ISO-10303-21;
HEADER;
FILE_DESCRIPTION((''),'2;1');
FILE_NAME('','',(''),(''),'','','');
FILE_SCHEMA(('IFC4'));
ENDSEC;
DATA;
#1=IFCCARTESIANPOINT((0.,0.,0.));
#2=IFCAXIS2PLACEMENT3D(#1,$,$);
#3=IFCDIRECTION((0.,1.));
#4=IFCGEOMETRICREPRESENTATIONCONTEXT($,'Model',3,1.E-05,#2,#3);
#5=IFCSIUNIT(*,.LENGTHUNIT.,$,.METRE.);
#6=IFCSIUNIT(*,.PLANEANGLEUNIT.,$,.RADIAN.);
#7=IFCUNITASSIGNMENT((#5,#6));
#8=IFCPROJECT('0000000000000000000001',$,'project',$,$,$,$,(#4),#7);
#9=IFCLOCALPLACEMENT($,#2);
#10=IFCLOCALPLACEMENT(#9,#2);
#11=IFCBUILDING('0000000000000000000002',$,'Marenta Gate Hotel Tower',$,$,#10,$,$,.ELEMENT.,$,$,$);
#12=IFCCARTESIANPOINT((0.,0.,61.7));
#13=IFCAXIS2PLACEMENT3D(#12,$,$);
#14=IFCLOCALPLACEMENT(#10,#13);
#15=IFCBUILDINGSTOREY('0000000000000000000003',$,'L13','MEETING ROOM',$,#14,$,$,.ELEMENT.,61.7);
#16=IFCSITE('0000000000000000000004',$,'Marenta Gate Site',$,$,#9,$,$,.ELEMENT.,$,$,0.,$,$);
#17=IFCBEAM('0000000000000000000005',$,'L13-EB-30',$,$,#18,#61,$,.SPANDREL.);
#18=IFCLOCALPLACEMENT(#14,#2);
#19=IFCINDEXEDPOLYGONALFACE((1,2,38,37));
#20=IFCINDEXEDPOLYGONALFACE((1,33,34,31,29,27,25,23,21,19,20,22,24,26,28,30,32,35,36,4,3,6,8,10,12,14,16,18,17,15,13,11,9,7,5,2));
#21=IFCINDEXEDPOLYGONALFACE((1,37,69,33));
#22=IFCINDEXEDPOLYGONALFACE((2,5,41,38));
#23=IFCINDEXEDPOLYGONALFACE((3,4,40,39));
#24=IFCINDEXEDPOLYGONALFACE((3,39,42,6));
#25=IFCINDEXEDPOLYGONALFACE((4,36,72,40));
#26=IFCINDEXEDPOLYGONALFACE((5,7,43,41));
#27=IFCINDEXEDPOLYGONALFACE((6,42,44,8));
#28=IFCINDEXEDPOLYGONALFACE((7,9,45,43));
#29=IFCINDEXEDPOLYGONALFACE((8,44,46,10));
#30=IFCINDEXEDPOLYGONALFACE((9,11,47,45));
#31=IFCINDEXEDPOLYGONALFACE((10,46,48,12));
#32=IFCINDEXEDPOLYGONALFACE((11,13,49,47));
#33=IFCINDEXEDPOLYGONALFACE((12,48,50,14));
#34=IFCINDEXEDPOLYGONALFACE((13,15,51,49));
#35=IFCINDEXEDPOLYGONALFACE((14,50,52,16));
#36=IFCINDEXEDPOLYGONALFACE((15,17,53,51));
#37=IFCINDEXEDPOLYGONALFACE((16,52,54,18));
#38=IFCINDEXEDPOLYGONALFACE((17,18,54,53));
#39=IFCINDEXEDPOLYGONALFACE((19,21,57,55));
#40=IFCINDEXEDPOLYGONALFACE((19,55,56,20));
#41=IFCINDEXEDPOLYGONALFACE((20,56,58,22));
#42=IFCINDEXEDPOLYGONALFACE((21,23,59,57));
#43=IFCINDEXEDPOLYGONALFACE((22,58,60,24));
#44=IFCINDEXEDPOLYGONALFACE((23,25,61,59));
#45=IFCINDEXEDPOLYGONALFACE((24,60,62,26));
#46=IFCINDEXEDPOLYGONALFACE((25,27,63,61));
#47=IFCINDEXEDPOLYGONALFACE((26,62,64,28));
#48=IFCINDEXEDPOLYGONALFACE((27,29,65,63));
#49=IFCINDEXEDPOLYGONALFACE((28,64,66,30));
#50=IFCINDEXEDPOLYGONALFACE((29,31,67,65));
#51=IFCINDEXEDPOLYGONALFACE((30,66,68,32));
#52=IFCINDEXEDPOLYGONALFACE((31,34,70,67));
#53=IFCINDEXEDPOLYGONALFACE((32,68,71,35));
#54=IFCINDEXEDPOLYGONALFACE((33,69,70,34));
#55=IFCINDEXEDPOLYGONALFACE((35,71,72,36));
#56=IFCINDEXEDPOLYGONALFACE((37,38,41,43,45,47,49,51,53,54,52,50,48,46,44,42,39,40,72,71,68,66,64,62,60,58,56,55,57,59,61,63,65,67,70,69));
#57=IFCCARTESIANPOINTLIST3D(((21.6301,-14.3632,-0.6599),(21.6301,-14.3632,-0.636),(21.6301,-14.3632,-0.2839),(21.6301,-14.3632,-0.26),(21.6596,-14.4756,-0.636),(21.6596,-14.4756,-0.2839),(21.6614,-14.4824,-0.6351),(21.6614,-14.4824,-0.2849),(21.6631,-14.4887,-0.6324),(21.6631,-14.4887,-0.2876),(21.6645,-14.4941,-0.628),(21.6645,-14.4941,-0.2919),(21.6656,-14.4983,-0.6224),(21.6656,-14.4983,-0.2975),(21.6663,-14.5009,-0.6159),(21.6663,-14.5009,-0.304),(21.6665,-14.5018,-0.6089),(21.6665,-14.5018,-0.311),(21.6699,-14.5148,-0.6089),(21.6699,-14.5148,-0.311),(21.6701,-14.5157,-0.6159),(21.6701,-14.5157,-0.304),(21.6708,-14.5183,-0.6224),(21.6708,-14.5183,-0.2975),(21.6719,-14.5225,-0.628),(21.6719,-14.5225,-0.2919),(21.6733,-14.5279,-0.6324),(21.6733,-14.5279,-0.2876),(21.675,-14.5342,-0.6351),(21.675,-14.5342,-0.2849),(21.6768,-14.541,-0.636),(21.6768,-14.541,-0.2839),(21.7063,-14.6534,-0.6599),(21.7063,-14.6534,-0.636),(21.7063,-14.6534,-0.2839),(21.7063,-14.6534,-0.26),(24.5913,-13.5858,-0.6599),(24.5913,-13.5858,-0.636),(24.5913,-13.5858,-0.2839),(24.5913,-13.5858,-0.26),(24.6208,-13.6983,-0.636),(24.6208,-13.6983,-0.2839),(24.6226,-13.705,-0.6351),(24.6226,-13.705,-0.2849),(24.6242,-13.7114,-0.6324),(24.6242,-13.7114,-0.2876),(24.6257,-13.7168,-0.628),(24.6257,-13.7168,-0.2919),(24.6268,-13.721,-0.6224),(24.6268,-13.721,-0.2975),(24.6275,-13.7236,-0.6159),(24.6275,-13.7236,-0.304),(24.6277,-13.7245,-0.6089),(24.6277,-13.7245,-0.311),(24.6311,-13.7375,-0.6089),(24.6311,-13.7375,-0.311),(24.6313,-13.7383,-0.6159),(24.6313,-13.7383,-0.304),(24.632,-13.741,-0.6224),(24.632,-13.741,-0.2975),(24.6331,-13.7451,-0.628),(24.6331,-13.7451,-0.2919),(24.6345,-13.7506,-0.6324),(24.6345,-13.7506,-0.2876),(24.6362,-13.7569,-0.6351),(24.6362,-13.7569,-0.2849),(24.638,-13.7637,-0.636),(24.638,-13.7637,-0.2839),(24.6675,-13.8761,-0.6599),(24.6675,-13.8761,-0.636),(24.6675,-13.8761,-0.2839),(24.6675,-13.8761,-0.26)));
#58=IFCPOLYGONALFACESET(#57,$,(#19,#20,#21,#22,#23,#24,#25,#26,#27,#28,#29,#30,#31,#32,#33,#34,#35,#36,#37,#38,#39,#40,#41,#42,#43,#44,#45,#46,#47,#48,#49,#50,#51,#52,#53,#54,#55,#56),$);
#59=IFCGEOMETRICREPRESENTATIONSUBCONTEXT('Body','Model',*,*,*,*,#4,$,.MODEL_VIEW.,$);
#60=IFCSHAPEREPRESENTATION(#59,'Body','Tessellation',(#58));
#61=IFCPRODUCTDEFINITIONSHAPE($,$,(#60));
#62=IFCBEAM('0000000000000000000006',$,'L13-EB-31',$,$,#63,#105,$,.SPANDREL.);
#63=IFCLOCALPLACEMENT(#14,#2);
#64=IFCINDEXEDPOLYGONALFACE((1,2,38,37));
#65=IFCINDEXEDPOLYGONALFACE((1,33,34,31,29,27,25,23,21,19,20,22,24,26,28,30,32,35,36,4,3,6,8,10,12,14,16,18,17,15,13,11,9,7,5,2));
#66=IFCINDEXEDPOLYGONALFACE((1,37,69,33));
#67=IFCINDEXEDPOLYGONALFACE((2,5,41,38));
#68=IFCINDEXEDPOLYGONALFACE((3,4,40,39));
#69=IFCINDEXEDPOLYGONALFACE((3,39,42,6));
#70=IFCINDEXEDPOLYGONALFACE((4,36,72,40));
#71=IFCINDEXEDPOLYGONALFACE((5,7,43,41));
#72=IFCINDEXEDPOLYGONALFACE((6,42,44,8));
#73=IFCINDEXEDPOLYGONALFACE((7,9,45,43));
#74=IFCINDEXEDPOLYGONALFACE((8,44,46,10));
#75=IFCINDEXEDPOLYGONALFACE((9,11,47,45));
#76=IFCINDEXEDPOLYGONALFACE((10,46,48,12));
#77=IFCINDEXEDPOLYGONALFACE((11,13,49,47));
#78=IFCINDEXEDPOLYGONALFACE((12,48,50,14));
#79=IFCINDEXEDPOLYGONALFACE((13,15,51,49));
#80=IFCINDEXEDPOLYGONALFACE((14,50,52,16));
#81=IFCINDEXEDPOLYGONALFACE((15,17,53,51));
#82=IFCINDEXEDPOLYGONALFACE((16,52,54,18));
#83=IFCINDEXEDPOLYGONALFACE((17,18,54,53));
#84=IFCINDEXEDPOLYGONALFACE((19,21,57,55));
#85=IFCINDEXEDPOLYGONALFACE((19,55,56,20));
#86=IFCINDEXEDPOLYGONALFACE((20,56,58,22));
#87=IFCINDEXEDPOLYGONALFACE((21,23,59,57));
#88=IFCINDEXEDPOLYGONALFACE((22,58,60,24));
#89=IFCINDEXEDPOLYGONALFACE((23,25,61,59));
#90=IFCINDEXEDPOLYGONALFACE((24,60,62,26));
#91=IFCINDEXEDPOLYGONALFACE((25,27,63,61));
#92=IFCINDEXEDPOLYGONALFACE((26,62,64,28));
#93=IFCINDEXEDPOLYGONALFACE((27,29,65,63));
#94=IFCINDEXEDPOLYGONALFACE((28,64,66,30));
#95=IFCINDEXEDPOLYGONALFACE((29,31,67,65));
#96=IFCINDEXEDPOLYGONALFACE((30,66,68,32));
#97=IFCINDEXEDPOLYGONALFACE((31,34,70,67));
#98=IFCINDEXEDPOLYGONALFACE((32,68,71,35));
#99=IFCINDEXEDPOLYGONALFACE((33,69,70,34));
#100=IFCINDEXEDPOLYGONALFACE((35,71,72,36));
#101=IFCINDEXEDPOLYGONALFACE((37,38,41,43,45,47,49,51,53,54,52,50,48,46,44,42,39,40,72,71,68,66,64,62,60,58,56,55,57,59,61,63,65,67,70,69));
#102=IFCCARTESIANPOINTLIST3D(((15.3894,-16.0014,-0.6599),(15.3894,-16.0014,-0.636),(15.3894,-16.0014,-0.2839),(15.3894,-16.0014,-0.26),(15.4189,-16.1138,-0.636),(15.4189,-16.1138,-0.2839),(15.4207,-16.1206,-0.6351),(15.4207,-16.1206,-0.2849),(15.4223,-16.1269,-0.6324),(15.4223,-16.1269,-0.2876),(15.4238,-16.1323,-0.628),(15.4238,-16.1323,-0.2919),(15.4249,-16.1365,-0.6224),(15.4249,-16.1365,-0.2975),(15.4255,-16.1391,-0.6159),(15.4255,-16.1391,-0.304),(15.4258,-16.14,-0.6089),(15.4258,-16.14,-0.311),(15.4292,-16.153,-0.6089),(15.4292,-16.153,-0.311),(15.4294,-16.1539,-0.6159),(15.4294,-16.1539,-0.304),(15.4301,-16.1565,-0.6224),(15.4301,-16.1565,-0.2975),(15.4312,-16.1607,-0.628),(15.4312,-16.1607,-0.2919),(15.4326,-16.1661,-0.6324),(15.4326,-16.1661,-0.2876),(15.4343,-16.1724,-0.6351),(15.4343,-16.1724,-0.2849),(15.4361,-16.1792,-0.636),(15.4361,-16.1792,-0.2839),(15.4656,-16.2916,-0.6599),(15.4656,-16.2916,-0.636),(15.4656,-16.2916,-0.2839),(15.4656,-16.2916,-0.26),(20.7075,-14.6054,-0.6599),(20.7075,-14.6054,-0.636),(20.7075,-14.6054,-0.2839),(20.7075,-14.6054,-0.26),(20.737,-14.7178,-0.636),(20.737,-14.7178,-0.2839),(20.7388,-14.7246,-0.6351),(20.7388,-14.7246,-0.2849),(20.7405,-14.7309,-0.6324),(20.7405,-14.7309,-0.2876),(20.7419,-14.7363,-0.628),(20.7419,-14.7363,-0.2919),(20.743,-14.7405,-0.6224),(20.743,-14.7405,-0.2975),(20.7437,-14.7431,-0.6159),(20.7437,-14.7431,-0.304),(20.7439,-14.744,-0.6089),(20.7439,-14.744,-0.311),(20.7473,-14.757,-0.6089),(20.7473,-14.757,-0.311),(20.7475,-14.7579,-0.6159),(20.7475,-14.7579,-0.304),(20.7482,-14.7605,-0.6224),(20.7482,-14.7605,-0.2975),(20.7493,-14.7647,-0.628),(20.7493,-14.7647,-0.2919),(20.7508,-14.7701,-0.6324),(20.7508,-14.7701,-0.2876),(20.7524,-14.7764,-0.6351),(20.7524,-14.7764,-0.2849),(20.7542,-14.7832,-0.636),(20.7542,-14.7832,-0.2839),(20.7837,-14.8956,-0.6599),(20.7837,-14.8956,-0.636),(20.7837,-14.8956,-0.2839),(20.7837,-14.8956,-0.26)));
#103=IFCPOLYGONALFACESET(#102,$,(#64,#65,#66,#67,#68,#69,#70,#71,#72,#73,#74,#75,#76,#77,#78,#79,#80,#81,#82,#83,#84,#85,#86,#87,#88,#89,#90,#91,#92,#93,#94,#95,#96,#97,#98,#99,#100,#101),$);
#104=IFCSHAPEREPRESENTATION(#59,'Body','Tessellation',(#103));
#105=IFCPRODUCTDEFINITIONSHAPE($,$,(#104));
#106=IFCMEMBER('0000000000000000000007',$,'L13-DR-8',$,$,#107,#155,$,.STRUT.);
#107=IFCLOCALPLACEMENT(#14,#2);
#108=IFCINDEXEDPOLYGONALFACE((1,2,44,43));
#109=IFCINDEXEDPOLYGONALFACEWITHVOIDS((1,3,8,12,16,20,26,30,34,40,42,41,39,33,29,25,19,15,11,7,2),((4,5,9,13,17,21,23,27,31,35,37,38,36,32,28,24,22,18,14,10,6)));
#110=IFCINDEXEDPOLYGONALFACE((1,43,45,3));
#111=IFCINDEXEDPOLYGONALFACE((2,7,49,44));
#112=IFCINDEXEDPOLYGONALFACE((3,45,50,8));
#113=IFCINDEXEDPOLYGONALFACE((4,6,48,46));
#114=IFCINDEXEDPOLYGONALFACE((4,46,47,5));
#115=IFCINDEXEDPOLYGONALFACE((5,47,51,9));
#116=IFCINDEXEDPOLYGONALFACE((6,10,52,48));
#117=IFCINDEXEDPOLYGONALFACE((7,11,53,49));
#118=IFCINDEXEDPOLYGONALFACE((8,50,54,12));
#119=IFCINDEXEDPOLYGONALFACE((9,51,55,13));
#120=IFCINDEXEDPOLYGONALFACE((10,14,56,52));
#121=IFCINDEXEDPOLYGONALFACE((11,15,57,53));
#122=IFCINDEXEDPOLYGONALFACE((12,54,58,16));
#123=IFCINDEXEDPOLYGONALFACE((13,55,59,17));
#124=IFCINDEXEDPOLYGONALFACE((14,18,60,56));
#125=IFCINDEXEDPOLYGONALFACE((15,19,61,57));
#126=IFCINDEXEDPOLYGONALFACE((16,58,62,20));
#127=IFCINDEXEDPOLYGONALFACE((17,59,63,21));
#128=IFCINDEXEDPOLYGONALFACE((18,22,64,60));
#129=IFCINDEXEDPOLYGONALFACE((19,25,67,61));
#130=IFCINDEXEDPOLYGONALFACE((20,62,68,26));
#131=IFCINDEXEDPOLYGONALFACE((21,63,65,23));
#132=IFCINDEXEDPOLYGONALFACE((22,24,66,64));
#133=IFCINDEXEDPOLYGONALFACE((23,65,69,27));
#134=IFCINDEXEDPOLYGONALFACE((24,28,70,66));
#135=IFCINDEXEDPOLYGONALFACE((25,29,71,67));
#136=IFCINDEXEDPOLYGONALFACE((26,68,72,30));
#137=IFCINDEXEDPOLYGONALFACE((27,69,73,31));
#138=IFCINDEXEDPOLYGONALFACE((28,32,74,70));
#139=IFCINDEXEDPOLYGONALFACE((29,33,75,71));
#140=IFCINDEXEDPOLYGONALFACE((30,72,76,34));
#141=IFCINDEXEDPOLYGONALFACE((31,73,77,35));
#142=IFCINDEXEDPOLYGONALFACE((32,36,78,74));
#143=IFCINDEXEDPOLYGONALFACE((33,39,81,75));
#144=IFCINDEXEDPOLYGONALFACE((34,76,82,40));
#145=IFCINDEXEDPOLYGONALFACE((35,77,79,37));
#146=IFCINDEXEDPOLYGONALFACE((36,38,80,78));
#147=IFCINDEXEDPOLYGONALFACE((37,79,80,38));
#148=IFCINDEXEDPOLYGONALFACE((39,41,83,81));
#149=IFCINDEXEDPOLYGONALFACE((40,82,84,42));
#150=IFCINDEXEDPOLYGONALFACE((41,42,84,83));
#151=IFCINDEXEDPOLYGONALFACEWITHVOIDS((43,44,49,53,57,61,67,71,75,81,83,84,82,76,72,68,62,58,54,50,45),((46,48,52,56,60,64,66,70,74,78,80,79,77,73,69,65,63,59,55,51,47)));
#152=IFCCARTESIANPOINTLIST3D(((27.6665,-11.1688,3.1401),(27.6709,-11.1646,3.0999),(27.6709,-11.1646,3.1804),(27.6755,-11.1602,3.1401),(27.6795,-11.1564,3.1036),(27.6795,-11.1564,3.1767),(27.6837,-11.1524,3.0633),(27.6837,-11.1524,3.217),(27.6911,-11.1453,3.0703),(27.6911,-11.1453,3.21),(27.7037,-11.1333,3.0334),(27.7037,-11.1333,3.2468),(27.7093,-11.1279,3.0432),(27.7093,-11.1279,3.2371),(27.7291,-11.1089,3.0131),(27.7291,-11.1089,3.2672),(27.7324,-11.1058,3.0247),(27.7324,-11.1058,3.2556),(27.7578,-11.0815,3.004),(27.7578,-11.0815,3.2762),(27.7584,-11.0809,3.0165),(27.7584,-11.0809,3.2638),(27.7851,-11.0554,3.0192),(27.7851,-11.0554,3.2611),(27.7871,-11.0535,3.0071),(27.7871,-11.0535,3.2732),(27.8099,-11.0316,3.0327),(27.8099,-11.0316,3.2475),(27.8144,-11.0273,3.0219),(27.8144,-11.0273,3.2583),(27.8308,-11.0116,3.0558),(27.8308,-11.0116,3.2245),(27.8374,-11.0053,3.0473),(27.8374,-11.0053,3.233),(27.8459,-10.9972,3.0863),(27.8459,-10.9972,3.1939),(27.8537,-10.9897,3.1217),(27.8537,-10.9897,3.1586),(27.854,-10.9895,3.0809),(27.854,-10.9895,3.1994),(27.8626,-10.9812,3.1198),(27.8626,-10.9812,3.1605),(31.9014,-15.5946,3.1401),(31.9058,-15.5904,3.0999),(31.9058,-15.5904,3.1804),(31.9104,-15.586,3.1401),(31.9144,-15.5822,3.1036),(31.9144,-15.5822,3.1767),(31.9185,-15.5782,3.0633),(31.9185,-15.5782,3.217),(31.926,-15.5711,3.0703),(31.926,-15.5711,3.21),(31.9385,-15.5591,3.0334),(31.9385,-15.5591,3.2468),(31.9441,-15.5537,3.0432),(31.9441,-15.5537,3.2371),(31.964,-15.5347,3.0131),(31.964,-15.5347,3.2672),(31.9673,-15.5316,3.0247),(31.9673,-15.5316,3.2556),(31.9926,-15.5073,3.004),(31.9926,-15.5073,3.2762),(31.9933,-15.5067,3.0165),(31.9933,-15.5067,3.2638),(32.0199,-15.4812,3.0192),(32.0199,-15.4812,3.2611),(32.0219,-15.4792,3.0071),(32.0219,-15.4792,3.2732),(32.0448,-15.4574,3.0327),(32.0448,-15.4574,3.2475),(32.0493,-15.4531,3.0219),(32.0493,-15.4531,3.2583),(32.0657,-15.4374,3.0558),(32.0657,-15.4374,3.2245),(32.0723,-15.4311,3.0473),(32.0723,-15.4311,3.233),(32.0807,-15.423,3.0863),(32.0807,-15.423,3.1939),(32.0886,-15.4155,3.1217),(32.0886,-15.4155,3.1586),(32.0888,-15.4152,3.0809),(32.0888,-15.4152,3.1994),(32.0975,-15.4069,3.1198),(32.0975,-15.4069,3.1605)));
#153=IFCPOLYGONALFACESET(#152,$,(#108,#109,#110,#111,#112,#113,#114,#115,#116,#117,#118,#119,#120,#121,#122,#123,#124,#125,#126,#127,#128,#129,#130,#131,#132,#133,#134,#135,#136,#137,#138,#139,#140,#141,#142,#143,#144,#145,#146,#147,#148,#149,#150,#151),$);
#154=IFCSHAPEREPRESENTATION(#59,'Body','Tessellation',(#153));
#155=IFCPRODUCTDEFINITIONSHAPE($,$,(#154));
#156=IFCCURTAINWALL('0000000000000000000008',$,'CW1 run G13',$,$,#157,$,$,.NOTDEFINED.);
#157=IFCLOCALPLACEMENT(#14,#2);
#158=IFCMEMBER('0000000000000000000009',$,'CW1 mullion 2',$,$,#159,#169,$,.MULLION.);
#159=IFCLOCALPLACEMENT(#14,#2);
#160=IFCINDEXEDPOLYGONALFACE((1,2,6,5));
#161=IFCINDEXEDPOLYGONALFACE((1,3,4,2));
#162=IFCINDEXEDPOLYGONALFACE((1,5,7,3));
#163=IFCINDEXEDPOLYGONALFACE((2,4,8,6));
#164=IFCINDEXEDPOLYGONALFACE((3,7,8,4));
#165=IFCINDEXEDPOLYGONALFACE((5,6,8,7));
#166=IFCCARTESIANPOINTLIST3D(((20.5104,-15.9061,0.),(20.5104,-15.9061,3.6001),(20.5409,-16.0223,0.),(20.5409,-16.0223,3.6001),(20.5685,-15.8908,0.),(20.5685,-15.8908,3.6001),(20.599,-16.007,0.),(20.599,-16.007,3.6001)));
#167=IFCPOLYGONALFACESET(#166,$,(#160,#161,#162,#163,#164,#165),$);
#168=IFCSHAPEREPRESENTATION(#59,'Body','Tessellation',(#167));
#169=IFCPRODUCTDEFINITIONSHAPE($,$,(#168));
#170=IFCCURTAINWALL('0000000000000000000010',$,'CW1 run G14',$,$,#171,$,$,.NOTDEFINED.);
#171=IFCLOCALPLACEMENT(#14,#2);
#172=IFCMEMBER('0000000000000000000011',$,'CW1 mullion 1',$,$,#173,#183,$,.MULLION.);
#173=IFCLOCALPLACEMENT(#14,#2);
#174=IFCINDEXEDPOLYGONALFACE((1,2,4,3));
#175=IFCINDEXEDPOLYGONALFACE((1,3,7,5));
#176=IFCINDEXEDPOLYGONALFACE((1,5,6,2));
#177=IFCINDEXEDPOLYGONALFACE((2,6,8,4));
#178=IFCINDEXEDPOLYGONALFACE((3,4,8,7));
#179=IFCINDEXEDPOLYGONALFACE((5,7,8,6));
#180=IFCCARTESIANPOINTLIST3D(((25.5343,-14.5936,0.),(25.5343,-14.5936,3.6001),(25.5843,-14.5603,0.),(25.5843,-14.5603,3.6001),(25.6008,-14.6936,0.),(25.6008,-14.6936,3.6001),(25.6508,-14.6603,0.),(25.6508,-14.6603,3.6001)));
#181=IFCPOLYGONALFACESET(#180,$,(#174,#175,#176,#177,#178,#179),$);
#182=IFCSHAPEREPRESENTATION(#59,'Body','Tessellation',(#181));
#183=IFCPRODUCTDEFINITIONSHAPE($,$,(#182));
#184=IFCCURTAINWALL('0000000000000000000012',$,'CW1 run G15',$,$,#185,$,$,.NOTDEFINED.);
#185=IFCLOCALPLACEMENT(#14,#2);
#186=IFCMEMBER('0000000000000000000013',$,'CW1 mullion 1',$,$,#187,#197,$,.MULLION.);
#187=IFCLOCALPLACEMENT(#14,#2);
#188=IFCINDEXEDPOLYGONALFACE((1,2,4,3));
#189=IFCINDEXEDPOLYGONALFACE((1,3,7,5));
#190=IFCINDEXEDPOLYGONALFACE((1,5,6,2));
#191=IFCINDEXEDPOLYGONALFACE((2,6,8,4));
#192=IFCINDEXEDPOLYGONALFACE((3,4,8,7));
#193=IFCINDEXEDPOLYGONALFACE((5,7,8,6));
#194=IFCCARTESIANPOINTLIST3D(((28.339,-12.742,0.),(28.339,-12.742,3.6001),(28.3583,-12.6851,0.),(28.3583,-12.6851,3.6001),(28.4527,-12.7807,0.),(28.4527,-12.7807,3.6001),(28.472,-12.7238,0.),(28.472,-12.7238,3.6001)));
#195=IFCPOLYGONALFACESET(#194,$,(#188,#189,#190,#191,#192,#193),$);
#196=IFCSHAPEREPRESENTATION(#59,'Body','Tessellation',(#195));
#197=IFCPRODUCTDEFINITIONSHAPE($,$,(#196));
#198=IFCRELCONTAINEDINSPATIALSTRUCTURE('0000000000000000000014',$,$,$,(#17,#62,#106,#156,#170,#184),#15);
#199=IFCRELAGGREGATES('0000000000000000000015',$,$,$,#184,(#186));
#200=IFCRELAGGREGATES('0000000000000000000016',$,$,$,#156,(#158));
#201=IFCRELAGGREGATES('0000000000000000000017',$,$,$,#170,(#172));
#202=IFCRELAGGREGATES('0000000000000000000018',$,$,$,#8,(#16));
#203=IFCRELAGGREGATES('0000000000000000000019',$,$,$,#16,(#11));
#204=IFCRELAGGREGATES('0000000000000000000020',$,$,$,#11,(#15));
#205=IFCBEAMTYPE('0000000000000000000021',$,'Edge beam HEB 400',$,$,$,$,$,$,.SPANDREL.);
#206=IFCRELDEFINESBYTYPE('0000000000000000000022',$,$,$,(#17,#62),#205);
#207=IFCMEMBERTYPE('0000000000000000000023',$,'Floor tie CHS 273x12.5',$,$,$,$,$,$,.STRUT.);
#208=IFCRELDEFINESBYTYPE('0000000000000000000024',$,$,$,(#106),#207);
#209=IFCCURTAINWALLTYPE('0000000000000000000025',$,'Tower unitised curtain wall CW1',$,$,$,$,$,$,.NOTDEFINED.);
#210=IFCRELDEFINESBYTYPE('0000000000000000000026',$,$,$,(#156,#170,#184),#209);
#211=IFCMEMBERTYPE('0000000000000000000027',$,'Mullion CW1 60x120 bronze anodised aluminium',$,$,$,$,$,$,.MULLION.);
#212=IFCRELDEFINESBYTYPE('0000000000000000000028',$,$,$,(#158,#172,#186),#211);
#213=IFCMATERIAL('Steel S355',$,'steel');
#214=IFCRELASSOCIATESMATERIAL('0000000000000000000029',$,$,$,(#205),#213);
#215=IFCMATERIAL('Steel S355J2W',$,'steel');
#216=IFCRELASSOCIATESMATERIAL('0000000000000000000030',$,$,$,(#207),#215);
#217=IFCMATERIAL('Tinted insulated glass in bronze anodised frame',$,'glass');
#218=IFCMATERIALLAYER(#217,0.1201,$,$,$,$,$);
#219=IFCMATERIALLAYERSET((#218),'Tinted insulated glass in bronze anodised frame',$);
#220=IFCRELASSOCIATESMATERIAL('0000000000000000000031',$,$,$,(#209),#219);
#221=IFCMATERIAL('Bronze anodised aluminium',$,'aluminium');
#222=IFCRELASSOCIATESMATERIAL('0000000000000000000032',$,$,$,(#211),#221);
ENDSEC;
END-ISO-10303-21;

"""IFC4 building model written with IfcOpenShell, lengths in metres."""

from ifc_helpers import new_model, si_unit, direction, frame, origin, origin_2d, place, context, subcontext, project, spatial, rectangle, hollow_circle, i_section, extrude, material, layer, layer_set, material_profile, profile_set, type_object, element, aggregate, save


model = new_model("IFC4")

# Units and contexts
model_context = context("Model", 3, precision=1e-05, world=origin(), true_north=direction((0.0, 1.0)))
body_context = subcontext(model_context, "Body", "Model", "MODEL_VIEW")
ifc_project = project(units=[si_unit("LENGTHUNIT", "METRE"), si_unit("PLANEANGLEUNIT", "RADIAN")], contexts=[model_context])

# Site, building, storey
site_placement = place(None, origin())
site = spatial("IfcSite", under=ifc_project, at=site_placement, Name="Marenta Gate Site", CompositionType="ELEMENT", RefElevation=0.0)
building_placement = place(site_placement, origin())
building = spatial("IfcBuilding", under=site, at=building_placement, Name="Marenta Gate Hotel Tower", CompositionType="ELEMENT")
storey_placement = place(building_placement, frame((0.0, 0.0, 61.7)))
storey = spatial("IfcBuildingStorey", under=building, at=storey_placement, Name="L13", Description="MEETING ROOM", CompositionType="ELEMENT", Elevation=61.7)

# Beams
ifc_material_1 = material(Name="Steel S355", Category="steel")
ifc_material_profile_1 = material_profile(ifc_material_1, i_section(OverallWidth=0.3, OverallDepth=0.3999, WebThickness=0.0134, FlangeThickness=0.0239, FilletRadius=0.0271, at=origin_2d()), Name="HEB 400")
ifc_profile_set_1 = profile_set([ifc_material_profile_1], Name="Steel S355")
beam_type = type_object("IfcBeamType", Name="Edge beam HEB 400", PredefinedType="SPANDREL", material=ifc_profile_set_1)
beam_1_placement = place(storey_placement, frame((24.6294, -13.731, -0.46), z_axis=(-0.967228, -0.253908, 0.0), x_axis=(0.253908, -0.967228, 0.0)))
element("IfcBeam", 1, at=beam_1_placement, inside=storey, type_object=beam_type, Name="L13-EB-30", PredefinedType="SPANDREL", context=body_context, shape_type="SweptSolid", body=[
    extrude(i_section(OverallWidth=0.3, OverallDepth=0.3999, WebThickness=0.0134, FlangeThickness=0.0239, FilletRadius=0.0271, at=origin_2d()), origin(), (0.0, 0.0, 1.0), 3.0615),
])
beam_2_placement = place(storey_placement, frame((20.7456, -14.7505, -0.46), z_axis=(-0.967231, -0.253897, 0.0), x_axis=(0.253897, -0.967231, 0.0)))
element("IfcBeam", 2, at=beam_2_placement, inside=storey, type_object=beam_type, Name="L13-EB-31", PredefinedType="SPANDREL", context=body_context, shape_type="SweptSolid", body=[
    extrude(i_section(OverallWidth=0.3, OverallDepth=0.3999, WebThickness=0.0134, FlangeThickness=0.0239, FilletRadius=0.0271, at=origin_2d()), origin(), (0.0, 0.0, 1.0), 5.4983),
])

# Member
ifc_material_2 = material(Name="Steel S355J2W", Category="steel")
ifc_material_profile_2 = material_profile(ifc_material_2, hollow_circle(Radius=0.1365, WallThickness=0.0125, at=origin_2d()), Name="CHS 273x12.5")
ifc_profile_set_2 = profile_set([ifc_material_profile_2], Name="Steel S355J2W")
member_type_1 = type_object("IfcMemberType", Name="Floor tie CHS 273x12.5", PredefinedType="STRUT", material=ifc_profile_set_2)
member_1_placement = place(storey_placement, frame((32.0, -15.5002, 3.1401), z_axis=(-0.691351, 0.722519, 0.0), x_axis=(-0.722519, -0.691351, 0.0)))
element("IfcMember", 3, at=member_1_placement, inside=storey, type_object=member_type_1, Name="L13-DR-8", PredefinedType="STRUT", context=body_context, shape_type="SweptSolid", body=[
    extrude(hollow_circle(Radius=0.1365, WallThickness=0.0125, at=origin_2d()), origin(), (0.0, 0.0, 1.0), 6.1255),
])

# Curtain walls, members
ifc_material_3 = material(Name="Tinted insulated glass in bronze anodised frame", Category="glass")
ifc_layer_1 = layer(ifc_material_3, 0.1201)
ifc_layer_set_1 = layer_set([ifc_layer_1], Name="Tinted insulated glass in bronze anodised frame")
curtain_wall_type = type_object("IfcCurtainWallType", Name="Tower unitised curtain wall CW1", PredefinedType="NOTDEFINED", material=ifc_layer_set_1)
curtain_wall_1_placement = place(storey_placement, origin())
curtain_wall_1 = element("IfcCurtainWall", 4, at=curtain_wall_1_placement, inside=storey, type_object=curtain_wall_type, Name="CW1 run G13", PredefinedType="NOTDEFINED")
ifc_material_4 = material(Name="Bronze anodised aluminium", Category="aluminium")
ifc_material_profile_3 = material_profile(ifc_material_4, rectangle(XDim=0.1201, YDim=0.0601, at=origin_2d()), Name="Mullion CW1 60x120 bronze anodised aluminium")
ifc_profile_set_3 = profile_set([ifc_material_profile_3], Name="Bronze anodised aluminium")
member_type_2 = type_object("IfcMemberType", Name="Mullion CW1 60x120 bronze anodised aluminium", PredefinedType="MULLION", material=ifc_profile_set_3)
member_2_placement = place(storey_placement, frame((20.5547, -15.9565, 0.0), z_axis=(0.0, 0.0, 1.0), x_axis=(-0.253364, 0.967371, 0.0)))
member_2 = element("IfcMember", 5, at=member_2_placement, type_object=member_type_2, Name="CW1 mullion 2", PredefinedType="MULLION", context=body_context, shape_type="SweptSolid", body=[
    extrude(rectangle(XDim=0.1201, YDim=0.0601, at=origin_2d()), origin(), (0.0, 0.0, 1.0), 3.6001),
])
curtain_wall_2_placement = place(storey_placement, origin())
curtain_wall_2 = element("IfcCurtainWall", 6, at=curtain_wall_2_placement, inside=storey, type_object=curtain_wall_type, Name="CW1 run G14", PredefinedType="NOTDEFINED")
member_3_placement = place(storey_placement, frame((25.5925, -14.627, 0.0), z_axis=(0.0, 0.0, 1.0), x_axis=(-0.554034, 0.832494, 0.0)))
member_3 = element("IfcMember", 7, at=member_3_placement, type_object=member_type_2, Name="CW1 mullion 1", PredefinedType="MULLION", context=body_context, shape_type="SweptSolid", body=[
    extrude(rectangle(XDim=0.1201, YDim=0.0601, at=origin_2d()), origin(), (0.0, 0.0, 1.0), 3.6001),
])
curtain_wall_3_placement = place(storey_placement, origin())
curtain_wall_3 = element("IfcCurtainWall", 8, at=curtain_wall_3_placement, inside=storey, type_object=curtain_wall_type, Name="CW1 run G15", PredefinedType="NOTDEFINED")
member_4_placement = place(storey_placement, frame((28.4055, -12.7329, 0.0), z_axis=(0.0, 0.0, 1.0), x_axis=(-0.946722, 0.322051, 0.0)))
member_4 = element("IfcMember", 9, at=member_4_placement, type_object=member_type_2, Name="CW1 mullion 1", PredefinedType="MULLION", context=body_context, shape_type="SweptSolid", body=[
    extrude(rectangle(XDim=0.1201, YDim=0.0601, at=origin_2d()), origin(), (0.0, 0.0, 1.0), 3.6001),
])
aggregate(curtain_wall_3, [member_4])

aggregate(curtain_wall_1, [member_2])
aggregate(curtain_wall_2, [member_3])

save(model, "model.ifc")
